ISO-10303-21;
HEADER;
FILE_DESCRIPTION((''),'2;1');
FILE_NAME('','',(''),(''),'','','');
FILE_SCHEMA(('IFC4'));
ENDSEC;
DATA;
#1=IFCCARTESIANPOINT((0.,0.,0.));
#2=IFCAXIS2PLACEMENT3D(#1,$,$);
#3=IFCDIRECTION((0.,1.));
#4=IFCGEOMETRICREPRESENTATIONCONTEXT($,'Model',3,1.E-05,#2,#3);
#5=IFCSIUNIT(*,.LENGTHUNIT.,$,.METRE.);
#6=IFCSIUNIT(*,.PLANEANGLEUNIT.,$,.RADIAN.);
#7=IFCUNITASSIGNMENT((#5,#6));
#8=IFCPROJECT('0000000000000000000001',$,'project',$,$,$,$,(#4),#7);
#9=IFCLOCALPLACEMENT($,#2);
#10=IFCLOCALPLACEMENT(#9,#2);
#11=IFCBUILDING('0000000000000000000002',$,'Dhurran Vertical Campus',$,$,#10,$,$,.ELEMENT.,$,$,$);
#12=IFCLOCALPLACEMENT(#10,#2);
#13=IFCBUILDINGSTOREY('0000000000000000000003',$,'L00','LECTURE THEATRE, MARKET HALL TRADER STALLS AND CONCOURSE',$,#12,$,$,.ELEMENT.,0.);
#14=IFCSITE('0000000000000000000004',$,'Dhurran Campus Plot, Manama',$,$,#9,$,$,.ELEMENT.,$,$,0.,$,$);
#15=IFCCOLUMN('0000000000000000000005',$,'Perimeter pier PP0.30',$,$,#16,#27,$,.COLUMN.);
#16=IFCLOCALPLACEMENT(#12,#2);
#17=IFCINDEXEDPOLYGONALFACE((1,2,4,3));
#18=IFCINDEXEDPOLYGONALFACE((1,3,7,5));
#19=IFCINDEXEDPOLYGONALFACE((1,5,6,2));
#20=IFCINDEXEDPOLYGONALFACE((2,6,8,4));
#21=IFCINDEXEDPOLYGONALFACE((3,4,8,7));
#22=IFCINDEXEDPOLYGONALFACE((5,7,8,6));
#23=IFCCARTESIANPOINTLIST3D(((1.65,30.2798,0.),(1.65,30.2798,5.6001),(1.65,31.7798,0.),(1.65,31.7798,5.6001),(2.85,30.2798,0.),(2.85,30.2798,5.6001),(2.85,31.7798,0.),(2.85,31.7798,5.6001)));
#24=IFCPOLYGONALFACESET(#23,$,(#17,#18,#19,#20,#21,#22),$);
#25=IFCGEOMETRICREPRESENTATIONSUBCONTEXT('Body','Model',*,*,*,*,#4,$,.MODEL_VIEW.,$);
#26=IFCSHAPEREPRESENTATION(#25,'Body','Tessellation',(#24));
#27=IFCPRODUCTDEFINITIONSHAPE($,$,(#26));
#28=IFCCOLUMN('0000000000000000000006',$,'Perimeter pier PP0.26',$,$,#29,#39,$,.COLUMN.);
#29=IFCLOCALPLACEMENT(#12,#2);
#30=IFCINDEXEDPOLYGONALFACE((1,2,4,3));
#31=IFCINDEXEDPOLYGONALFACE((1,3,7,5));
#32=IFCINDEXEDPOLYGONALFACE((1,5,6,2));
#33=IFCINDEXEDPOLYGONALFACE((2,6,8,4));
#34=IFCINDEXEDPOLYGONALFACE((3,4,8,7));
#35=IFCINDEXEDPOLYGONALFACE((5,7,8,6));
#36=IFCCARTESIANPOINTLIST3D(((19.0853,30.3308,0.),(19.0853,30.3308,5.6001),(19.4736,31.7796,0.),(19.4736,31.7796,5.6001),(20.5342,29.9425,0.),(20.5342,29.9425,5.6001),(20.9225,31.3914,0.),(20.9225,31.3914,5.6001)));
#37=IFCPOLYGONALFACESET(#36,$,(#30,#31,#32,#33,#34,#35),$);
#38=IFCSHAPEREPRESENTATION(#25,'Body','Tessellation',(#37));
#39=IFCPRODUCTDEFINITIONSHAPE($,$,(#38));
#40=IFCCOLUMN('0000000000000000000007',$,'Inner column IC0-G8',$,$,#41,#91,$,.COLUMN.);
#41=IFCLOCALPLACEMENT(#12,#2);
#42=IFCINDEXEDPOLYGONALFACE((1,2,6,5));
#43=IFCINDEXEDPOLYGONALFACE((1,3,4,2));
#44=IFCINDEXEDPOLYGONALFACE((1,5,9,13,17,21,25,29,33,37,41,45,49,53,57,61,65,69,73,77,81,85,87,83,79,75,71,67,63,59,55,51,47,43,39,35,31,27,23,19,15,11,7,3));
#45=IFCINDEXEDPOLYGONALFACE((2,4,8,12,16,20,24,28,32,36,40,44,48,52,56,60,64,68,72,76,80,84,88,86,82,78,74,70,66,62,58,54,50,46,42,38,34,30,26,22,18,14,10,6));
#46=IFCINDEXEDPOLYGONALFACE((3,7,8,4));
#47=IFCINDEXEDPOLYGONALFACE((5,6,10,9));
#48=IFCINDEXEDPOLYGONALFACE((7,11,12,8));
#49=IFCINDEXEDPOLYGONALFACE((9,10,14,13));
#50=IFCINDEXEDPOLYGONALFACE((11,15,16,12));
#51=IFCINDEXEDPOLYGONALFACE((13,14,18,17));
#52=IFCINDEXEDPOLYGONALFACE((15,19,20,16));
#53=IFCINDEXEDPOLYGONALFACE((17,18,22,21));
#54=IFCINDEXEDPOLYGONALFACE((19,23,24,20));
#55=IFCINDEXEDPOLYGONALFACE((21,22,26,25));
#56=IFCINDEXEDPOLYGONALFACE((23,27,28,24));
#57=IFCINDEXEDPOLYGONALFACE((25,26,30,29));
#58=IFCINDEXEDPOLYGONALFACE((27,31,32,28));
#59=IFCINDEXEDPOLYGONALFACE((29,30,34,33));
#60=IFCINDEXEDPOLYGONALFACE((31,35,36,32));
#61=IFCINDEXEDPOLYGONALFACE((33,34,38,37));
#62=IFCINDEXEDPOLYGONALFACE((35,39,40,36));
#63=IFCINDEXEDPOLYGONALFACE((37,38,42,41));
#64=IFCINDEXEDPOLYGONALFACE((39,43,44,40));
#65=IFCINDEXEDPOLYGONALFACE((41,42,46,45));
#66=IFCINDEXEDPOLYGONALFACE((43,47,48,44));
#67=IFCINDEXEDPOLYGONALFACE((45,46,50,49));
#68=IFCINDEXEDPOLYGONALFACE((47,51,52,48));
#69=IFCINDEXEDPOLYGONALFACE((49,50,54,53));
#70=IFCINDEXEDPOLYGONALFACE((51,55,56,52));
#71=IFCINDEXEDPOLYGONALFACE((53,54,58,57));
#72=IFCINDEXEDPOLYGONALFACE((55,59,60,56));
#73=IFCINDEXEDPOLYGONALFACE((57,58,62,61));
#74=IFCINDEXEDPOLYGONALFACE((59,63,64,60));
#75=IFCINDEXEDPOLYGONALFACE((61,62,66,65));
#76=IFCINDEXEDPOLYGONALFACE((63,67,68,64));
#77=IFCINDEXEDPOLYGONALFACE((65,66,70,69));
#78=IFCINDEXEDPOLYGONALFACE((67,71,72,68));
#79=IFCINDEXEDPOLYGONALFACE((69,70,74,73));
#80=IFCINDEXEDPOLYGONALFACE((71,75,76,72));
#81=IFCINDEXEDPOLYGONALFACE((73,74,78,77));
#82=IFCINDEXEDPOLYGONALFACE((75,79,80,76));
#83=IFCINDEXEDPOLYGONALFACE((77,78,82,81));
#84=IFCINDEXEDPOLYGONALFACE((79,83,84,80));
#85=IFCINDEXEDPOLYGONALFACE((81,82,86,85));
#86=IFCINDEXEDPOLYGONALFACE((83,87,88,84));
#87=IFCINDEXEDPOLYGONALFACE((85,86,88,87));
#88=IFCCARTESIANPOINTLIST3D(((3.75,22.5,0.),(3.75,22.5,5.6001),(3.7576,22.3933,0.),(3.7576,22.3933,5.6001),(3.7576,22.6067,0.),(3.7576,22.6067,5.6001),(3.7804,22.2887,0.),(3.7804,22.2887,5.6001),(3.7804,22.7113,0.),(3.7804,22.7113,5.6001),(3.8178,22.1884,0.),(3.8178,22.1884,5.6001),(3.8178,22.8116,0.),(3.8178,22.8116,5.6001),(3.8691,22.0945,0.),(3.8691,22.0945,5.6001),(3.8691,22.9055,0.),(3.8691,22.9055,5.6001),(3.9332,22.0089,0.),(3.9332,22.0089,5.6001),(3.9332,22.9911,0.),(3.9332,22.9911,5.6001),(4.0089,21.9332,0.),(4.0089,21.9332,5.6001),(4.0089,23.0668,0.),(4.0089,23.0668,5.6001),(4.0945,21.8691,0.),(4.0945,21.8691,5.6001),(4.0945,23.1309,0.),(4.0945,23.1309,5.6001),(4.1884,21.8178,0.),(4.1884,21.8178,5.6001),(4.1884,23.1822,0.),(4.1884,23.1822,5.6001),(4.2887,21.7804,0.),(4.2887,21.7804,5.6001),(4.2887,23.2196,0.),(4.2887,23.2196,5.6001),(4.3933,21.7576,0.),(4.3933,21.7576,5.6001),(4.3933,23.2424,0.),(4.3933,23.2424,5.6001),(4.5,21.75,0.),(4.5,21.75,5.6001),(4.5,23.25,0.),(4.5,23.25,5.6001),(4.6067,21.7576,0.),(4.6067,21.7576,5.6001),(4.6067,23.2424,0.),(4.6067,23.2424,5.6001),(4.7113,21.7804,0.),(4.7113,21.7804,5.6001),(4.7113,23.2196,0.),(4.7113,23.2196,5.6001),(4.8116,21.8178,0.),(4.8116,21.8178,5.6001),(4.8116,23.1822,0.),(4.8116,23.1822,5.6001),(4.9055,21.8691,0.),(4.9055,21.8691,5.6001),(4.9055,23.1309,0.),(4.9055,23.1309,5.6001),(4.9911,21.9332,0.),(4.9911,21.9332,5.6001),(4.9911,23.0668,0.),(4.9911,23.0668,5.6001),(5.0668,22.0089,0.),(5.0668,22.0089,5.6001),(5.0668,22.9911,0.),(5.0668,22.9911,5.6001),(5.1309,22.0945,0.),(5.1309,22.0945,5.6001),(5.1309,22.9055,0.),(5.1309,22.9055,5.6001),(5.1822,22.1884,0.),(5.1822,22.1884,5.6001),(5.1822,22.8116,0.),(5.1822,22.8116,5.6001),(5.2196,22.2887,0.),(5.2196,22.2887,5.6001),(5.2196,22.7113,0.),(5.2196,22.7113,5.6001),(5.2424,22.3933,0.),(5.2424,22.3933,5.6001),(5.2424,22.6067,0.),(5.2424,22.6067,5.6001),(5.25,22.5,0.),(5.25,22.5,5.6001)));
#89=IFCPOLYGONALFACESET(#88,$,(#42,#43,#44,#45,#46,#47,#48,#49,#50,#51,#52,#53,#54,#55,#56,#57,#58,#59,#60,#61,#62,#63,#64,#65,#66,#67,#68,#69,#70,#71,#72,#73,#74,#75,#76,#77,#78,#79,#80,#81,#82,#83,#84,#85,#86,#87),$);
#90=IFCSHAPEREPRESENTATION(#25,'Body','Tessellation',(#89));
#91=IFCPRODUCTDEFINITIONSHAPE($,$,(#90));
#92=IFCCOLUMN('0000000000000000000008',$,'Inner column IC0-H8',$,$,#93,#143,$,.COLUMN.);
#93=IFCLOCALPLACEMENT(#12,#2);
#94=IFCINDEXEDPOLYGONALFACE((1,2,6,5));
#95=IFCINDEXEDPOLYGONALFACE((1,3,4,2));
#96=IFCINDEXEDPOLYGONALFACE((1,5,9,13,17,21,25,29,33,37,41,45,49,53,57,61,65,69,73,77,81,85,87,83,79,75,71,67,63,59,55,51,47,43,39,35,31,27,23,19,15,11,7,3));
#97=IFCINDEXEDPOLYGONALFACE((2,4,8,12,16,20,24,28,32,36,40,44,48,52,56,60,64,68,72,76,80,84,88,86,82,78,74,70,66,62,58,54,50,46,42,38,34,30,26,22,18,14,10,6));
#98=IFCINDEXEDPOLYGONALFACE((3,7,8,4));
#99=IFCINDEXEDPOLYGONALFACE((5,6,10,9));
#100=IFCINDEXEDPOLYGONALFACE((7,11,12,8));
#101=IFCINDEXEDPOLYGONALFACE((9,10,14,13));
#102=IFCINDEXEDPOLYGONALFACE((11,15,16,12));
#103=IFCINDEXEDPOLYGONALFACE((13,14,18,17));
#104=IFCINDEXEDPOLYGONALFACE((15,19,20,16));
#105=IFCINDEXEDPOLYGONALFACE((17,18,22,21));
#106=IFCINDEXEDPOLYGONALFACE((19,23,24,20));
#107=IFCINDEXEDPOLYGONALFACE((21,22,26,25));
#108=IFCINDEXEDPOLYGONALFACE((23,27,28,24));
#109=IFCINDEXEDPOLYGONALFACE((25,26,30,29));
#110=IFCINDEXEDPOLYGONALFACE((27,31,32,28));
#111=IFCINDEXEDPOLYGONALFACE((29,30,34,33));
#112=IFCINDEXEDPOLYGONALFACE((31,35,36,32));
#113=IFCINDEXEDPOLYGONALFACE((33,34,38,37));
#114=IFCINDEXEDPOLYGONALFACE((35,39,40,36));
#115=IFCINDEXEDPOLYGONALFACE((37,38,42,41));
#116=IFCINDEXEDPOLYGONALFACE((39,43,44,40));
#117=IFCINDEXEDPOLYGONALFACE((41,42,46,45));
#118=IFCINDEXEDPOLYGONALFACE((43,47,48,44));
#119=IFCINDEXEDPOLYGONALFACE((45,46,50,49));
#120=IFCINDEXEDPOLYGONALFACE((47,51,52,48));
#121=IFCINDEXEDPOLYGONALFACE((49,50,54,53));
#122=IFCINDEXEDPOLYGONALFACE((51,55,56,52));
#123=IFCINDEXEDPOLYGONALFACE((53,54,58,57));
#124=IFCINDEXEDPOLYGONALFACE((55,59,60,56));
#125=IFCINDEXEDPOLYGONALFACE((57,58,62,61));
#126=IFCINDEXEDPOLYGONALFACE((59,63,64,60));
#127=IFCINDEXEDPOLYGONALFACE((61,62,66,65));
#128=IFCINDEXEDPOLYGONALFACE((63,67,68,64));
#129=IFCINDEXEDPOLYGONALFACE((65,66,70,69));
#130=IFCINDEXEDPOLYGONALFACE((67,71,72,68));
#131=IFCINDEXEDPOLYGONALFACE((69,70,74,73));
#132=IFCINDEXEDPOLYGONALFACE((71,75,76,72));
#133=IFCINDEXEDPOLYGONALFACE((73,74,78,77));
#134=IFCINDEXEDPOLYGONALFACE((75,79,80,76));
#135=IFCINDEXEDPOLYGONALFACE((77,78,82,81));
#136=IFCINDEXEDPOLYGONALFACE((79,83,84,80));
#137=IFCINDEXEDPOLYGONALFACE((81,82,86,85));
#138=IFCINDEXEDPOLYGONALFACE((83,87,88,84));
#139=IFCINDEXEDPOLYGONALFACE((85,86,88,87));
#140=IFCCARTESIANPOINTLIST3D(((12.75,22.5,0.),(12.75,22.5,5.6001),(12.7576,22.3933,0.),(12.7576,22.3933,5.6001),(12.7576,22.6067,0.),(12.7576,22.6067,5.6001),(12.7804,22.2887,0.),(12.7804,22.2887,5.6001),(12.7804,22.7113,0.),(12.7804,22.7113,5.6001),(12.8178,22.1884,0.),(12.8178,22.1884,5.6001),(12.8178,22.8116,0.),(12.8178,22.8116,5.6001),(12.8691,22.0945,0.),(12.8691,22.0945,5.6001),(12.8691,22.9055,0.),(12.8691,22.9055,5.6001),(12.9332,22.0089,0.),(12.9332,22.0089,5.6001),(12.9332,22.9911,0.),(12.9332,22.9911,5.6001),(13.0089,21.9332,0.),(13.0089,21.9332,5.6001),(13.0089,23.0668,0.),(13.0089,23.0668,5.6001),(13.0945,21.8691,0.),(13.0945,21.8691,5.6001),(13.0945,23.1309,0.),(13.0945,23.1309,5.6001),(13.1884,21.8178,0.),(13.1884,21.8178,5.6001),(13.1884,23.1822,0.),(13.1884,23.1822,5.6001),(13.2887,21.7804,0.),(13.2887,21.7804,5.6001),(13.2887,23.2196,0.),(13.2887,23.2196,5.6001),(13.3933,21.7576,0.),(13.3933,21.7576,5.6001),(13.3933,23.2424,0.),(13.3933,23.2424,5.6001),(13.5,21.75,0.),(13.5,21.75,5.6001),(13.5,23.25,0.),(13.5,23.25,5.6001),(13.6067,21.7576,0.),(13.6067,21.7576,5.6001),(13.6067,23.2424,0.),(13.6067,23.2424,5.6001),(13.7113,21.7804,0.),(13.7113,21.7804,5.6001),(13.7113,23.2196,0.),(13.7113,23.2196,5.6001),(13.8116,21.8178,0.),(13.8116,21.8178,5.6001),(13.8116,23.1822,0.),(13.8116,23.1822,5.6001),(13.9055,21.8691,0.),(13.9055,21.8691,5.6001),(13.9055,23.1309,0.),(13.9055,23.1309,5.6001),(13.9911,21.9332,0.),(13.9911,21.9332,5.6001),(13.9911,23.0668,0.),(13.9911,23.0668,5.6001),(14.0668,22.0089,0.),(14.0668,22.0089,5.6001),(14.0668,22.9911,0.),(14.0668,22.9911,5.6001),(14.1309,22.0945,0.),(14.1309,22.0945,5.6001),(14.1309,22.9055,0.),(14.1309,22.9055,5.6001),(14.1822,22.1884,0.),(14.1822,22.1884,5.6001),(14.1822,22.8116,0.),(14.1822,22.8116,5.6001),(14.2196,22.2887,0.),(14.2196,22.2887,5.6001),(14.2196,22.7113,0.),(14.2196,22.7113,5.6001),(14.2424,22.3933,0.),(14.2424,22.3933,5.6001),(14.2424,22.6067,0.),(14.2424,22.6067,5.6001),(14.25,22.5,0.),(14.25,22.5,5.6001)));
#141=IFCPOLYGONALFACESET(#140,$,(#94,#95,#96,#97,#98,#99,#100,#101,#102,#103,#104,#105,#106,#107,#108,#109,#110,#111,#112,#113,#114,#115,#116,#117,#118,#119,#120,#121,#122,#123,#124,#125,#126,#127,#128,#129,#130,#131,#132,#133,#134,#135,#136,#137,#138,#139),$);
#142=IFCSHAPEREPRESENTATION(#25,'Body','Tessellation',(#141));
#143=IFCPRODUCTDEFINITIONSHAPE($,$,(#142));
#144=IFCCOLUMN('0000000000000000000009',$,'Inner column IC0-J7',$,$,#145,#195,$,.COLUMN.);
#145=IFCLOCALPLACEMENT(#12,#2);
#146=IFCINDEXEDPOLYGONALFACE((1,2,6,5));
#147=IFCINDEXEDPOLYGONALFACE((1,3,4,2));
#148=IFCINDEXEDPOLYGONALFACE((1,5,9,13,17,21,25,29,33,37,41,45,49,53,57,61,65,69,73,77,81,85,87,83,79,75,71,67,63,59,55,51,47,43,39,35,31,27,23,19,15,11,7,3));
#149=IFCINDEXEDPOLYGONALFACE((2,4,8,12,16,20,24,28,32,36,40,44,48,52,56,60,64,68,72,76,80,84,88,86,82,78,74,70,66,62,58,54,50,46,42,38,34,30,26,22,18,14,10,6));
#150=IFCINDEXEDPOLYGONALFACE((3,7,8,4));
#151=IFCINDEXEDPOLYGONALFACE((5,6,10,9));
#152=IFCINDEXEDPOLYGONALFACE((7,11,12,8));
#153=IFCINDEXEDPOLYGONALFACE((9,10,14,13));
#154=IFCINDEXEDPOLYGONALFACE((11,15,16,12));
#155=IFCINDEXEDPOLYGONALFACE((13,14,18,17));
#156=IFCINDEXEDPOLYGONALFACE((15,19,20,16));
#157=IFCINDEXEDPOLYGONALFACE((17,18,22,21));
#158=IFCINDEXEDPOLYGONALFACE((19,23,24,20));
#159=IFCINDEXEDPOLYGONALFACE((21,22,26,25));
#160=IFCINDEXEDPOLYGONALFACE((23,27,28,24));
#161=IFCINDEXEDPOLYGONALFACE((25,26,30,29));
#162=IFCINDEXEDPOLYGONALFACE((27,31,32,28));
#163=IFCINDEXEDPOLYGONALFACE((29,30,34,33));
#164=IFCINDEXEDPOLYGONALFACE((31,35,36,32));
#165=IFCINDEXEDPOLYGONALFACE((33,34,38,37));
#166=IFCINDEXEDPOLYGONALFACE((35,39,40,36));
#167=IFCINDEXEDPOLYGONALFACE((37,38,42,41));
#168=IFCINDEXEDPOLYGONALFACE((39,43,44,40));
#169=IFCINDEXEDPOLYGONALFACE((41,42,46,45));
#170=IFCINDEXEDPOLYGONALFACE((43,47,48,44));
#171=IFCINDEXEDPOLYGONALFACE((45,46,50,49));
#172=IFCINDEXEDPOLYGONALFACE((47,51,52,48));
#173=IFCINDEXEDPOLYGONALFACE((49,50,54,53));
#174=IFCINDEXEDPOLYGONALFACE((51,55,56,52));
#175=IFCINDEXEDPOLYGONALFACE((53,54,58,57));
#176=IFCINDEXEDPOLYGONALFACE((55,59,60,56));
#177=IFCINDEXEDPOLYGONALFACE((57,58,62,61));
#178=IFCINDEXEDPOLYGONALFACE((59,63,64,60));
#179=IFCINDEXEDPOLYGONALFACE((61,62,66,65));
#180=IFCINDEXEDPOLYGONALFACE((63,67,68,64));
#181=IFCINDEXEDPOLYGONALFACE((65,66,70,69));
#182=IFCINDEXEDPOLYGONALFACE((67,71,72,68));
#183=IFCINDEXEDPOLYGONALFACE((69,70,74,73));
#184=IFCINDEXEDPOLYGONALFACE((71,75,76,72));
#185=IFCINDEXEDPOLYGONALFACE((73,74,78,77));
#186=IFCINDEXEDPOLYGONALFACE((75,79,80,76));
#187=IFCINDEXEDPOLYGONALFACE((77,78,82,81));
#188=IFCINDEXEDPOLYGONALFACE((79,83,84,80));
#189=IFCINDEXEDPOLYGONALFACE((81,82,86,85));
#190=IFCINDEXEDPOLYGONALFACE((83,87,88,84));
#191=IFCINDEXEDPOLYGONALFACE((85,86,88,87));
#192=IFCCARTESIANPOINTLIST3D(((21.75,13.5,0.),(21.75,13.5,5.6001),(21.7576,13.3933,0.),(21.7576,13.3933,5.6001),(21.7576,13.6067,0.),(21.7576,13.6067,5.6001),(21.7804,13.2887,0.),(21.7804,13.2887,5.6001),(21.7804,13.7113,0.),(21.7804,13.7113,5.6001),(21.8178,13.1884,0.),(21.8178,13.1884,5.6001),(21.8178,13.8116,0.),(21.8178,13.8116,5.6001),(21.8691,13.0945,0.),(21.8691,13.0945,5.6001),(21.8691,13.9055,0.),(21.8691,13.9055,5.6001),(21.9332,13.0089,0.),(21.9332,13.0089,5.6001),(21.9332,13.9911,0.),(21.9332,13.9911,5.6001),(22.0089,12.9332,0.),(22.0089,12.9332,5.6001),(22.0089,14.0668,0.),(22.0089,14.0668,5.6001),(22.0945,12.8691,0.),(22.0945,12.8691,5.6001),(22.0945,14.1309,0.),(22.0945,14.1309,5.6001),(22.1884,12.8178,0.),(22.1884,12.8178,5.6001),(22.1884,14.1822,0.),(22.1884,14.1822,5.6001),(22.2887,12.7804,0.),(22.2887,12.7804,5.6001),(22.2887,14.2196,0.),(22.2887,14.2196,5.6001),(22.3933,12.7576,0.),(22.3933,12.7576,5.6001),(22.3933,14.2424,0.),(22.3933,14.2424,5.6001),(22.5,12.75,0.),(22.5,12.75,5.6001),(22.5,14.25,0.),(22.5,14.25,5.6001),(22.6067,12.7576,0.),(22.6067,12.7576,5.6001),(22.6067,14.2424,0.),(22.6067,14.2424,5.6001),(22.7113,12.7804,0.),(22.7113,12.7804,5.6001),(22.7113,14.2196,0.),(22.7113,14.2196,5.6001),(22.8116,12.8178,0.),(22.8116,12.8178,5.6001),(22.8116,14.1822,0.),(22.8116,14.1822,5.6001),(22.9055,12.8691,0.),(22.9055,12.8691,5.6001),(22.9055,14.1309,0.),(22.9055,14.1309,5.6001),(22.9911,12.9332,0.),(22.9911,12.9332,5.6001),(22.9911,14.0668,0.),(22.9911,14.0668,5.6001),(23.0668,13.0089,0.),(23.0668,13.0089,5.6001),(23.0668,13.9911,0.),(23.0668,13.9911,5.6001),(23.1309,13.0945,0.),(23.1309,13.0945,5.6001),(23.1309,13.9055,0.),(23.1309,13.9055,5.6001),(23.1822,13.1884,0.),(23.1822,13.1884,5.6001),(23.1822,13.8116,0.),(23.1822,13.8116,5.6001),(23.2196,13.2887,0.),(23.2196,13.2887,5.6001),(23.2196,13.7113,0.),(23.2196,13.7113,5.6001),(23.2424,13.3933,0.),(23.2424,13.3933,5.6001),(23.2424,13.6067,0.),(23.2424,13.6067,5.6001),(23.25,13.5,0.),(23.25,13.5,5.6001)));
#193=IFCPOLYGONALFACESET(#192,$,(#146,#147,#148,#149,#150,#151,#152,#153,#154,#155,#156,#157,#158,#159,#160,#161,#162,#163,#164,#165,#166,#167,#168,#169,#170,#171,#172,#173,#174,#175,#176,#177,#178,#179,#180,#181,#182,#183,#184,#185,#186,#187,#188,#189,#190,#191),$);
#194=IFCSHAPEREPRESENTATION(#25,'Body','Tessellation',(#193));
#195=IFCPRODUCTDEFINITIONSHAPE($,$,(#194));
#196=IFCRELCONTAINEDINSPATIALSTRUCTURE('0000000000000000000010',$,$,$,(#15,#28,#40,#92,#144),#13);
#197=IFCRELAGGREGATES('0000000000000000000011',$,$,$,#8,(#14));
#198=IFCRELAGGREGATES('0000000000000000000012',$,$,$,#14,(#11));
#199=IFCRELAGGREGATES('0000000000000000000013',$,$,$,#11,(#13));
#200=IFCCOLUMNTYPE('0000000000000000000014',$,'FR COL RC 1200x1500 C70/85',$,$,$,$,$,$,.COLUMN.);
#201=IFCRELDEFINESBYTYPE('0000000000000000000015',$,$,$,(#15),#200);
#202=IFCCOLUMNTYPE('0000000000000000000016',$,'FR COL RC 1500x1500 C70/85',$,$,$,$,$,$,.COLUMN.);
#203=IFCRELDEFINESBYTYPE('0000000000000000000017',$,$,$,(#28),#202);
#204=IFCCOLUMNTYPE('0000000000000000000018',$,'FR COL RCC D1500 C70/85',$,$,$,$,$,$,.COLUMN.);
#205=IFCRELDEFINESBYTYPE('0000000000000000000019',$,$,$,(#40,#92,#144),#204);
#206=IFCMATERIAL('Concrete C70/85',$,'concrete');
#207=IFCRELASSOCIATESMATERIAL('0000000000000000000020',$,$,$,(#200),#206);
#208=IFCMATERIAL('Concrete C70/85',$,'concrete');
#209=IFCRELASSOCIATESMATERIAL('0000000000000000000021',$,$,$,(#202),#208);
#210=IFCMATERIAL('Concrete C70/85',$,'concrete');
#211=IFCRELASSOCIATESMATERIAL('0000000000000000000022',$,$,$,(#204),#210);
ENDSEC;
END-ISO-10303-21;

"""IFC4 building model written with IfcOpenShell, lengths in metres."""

from ifc_helpers import new_model, si_unit, direction, frame, origin, origin_2d, place, context, subcontext, project, spatial, rectangle, circle, extrude, material, material_profile, profile_set, type_object, element, save


model = new_model("IFC4")

# Units and contexts
model_context = context("Model", 3, precision=1e-05, world=origin(), true_north=direction((0.0, 1.0)))
body_context = subcontext(model_context, "Body", "Model", "MODEL_VIEW")
ifc_project = project(units=[si_unit("LENGTHUNIT", "METRE"), si_unit("PLANEANGLEUNIT", "RADIAN")], contexts=[model_context])

# Site, building, storey
site_placement = place(None, origin())
site = spatial("IfcSite", under=ifc_project, at=site_placement, Name="Dhurran Campus Plot, Manama", CompositionType="ELEMENT", RefElevation=0.0)
building_placement = place(site_placement, origin())
building = spatial("IfcBuilding", under=site, at=building_placement, Name="Dhurran Vertical Campus", CompositionType="ELEMENT")
storey_placement = place(building_placement, origin())
storey = spatial("IfcBuildingStorey", under=building, at=storey_placement, Name="L00", Description="LECTURE THEATRE, MARKET HALL TRADER STALLS AND CONCOURSE", CompositionType="ELEMENT", Elevation=0.0)

# Columns
ifc_material_1 = material(Name="Concrete C70/85", Category="concrete")
ifc_material_profile_1 = material_profile(ifc_material_1, rectangle(XDim=1.2, YDim=1.5, at=origin_2d()), Name="RC 1200x1500")
ifc_profile_set_1 = profile_set([ifc_material_profile_1], Name="Concrete C70/85")
column_type_1 = type_object("IfcColumnType", Name="FR COL RC 1200x1500 C70/85", PredefinedType="COLUMN", material=ifc_profile_set_1)
column_1_placement = place(storey_placement, frame((2.25, 31.0298, 0.0), z_axis=(0.0, 0.0, 1.0), x_axis=(-1.0, 0.0, 0.0)))
element("IfcColumn", 1, at=column_1_placement, inside=storey, type_object=column_type_1, Name="Perimeter pier PP0.30", PredefinedType="COLUMN", context=body_context, shape_type="SweptSolid", body=[
    extrude(rectangle(XDim=1.2, YDim=1.5, at=origin_2d()), origin(), (0.0, 0.0, 1.0), 5.6001),
])
ifc_material_2 = material(Name="Concrete C70/85", Category="concrete")
ifc_material_profile_2 = material_profile(ifc_material_2, rectangle(XDim=1.5, YDim=1.5, at=origin_2d()), Name="RC 1500x1500")
ifc_profile_set_2 = profile_set([ifc_material_profile_2], Name="Concrete C70/85")
column_type_2 = type_object("IfcColumnType", Name="FR COL RC 1500x1500 C70/85", PredefinedType="COLUMN", material=ifc_profile_set_2)
column_2_placement = place(storey_placement, frame((20.0039, 30.8611, 0.0), z_axis=(0.0, 0.0, 1.0), x_axis=(-0.965926, 0.258819, 0.0)))
element("IfcColumn", 2, at=column_2_placement, inside=storey, type_object=column_type_2, Name="Perimeter pier PP0.26", PredefinedType="COLUMN", context=body_context, shape_type="SweptSolid", body=[
    extrude(rectangle(XDim=1.5, YDim=1.5, at=origin_2d()), origin(), (0.0, 0.0, 1.0), 5.6001),
])
ifc_material_3 = material(Name="Concrete C70/85", Category="concrete")
ifc_material_profile_3 = material_profile(ifc_material_3, circle(Radius=0.75, at=origin_2d()), Name="RCC D1500")
ifc_profile_set_3 = profile_set([ifc_material_profile_3], Name="Concrete C70/85")
column_type_3 = type_object("IfcColumnType", Name="FR COL RCC D1500 C70/85", PredefinedType="COLUMN", material=ifc_profile_set_3)
for number, where, z_axis, x_axis, name in (
    (3, (4.5, 22.5, 0.0), (0.0, 0.0, 1.0), (1.0, 0.0, 0.0), "Inner column IC0-G8"),
    (4, (13.5, 22.5, 0.0), (0.0, 0.0, 1.0), (1.0, 0.0, 0.0), "Inner column IC0-H8"),
    (5, (22.5, 13.5, 0.0), (0.0, 0.0, 1.0), (1.0, 0.0, 0.0), "Inner column IC0-J7"),
):
    element("IfcColumn", number, at=place(storey_placement, frame(where, z_axis=z_axis, x_axis=x_axis)), inside=storey, type_object=column_type_3, Name=name, PredefinedType="COLUMN", context=body_context, shape_type="SweptSolid", body=[
        extrude(circle(Radius=0.75, at=origin_2d()), origin(), (0.0, 0.0, 1.0), 5.6001),
    ])

save(model, "model.ifc")
